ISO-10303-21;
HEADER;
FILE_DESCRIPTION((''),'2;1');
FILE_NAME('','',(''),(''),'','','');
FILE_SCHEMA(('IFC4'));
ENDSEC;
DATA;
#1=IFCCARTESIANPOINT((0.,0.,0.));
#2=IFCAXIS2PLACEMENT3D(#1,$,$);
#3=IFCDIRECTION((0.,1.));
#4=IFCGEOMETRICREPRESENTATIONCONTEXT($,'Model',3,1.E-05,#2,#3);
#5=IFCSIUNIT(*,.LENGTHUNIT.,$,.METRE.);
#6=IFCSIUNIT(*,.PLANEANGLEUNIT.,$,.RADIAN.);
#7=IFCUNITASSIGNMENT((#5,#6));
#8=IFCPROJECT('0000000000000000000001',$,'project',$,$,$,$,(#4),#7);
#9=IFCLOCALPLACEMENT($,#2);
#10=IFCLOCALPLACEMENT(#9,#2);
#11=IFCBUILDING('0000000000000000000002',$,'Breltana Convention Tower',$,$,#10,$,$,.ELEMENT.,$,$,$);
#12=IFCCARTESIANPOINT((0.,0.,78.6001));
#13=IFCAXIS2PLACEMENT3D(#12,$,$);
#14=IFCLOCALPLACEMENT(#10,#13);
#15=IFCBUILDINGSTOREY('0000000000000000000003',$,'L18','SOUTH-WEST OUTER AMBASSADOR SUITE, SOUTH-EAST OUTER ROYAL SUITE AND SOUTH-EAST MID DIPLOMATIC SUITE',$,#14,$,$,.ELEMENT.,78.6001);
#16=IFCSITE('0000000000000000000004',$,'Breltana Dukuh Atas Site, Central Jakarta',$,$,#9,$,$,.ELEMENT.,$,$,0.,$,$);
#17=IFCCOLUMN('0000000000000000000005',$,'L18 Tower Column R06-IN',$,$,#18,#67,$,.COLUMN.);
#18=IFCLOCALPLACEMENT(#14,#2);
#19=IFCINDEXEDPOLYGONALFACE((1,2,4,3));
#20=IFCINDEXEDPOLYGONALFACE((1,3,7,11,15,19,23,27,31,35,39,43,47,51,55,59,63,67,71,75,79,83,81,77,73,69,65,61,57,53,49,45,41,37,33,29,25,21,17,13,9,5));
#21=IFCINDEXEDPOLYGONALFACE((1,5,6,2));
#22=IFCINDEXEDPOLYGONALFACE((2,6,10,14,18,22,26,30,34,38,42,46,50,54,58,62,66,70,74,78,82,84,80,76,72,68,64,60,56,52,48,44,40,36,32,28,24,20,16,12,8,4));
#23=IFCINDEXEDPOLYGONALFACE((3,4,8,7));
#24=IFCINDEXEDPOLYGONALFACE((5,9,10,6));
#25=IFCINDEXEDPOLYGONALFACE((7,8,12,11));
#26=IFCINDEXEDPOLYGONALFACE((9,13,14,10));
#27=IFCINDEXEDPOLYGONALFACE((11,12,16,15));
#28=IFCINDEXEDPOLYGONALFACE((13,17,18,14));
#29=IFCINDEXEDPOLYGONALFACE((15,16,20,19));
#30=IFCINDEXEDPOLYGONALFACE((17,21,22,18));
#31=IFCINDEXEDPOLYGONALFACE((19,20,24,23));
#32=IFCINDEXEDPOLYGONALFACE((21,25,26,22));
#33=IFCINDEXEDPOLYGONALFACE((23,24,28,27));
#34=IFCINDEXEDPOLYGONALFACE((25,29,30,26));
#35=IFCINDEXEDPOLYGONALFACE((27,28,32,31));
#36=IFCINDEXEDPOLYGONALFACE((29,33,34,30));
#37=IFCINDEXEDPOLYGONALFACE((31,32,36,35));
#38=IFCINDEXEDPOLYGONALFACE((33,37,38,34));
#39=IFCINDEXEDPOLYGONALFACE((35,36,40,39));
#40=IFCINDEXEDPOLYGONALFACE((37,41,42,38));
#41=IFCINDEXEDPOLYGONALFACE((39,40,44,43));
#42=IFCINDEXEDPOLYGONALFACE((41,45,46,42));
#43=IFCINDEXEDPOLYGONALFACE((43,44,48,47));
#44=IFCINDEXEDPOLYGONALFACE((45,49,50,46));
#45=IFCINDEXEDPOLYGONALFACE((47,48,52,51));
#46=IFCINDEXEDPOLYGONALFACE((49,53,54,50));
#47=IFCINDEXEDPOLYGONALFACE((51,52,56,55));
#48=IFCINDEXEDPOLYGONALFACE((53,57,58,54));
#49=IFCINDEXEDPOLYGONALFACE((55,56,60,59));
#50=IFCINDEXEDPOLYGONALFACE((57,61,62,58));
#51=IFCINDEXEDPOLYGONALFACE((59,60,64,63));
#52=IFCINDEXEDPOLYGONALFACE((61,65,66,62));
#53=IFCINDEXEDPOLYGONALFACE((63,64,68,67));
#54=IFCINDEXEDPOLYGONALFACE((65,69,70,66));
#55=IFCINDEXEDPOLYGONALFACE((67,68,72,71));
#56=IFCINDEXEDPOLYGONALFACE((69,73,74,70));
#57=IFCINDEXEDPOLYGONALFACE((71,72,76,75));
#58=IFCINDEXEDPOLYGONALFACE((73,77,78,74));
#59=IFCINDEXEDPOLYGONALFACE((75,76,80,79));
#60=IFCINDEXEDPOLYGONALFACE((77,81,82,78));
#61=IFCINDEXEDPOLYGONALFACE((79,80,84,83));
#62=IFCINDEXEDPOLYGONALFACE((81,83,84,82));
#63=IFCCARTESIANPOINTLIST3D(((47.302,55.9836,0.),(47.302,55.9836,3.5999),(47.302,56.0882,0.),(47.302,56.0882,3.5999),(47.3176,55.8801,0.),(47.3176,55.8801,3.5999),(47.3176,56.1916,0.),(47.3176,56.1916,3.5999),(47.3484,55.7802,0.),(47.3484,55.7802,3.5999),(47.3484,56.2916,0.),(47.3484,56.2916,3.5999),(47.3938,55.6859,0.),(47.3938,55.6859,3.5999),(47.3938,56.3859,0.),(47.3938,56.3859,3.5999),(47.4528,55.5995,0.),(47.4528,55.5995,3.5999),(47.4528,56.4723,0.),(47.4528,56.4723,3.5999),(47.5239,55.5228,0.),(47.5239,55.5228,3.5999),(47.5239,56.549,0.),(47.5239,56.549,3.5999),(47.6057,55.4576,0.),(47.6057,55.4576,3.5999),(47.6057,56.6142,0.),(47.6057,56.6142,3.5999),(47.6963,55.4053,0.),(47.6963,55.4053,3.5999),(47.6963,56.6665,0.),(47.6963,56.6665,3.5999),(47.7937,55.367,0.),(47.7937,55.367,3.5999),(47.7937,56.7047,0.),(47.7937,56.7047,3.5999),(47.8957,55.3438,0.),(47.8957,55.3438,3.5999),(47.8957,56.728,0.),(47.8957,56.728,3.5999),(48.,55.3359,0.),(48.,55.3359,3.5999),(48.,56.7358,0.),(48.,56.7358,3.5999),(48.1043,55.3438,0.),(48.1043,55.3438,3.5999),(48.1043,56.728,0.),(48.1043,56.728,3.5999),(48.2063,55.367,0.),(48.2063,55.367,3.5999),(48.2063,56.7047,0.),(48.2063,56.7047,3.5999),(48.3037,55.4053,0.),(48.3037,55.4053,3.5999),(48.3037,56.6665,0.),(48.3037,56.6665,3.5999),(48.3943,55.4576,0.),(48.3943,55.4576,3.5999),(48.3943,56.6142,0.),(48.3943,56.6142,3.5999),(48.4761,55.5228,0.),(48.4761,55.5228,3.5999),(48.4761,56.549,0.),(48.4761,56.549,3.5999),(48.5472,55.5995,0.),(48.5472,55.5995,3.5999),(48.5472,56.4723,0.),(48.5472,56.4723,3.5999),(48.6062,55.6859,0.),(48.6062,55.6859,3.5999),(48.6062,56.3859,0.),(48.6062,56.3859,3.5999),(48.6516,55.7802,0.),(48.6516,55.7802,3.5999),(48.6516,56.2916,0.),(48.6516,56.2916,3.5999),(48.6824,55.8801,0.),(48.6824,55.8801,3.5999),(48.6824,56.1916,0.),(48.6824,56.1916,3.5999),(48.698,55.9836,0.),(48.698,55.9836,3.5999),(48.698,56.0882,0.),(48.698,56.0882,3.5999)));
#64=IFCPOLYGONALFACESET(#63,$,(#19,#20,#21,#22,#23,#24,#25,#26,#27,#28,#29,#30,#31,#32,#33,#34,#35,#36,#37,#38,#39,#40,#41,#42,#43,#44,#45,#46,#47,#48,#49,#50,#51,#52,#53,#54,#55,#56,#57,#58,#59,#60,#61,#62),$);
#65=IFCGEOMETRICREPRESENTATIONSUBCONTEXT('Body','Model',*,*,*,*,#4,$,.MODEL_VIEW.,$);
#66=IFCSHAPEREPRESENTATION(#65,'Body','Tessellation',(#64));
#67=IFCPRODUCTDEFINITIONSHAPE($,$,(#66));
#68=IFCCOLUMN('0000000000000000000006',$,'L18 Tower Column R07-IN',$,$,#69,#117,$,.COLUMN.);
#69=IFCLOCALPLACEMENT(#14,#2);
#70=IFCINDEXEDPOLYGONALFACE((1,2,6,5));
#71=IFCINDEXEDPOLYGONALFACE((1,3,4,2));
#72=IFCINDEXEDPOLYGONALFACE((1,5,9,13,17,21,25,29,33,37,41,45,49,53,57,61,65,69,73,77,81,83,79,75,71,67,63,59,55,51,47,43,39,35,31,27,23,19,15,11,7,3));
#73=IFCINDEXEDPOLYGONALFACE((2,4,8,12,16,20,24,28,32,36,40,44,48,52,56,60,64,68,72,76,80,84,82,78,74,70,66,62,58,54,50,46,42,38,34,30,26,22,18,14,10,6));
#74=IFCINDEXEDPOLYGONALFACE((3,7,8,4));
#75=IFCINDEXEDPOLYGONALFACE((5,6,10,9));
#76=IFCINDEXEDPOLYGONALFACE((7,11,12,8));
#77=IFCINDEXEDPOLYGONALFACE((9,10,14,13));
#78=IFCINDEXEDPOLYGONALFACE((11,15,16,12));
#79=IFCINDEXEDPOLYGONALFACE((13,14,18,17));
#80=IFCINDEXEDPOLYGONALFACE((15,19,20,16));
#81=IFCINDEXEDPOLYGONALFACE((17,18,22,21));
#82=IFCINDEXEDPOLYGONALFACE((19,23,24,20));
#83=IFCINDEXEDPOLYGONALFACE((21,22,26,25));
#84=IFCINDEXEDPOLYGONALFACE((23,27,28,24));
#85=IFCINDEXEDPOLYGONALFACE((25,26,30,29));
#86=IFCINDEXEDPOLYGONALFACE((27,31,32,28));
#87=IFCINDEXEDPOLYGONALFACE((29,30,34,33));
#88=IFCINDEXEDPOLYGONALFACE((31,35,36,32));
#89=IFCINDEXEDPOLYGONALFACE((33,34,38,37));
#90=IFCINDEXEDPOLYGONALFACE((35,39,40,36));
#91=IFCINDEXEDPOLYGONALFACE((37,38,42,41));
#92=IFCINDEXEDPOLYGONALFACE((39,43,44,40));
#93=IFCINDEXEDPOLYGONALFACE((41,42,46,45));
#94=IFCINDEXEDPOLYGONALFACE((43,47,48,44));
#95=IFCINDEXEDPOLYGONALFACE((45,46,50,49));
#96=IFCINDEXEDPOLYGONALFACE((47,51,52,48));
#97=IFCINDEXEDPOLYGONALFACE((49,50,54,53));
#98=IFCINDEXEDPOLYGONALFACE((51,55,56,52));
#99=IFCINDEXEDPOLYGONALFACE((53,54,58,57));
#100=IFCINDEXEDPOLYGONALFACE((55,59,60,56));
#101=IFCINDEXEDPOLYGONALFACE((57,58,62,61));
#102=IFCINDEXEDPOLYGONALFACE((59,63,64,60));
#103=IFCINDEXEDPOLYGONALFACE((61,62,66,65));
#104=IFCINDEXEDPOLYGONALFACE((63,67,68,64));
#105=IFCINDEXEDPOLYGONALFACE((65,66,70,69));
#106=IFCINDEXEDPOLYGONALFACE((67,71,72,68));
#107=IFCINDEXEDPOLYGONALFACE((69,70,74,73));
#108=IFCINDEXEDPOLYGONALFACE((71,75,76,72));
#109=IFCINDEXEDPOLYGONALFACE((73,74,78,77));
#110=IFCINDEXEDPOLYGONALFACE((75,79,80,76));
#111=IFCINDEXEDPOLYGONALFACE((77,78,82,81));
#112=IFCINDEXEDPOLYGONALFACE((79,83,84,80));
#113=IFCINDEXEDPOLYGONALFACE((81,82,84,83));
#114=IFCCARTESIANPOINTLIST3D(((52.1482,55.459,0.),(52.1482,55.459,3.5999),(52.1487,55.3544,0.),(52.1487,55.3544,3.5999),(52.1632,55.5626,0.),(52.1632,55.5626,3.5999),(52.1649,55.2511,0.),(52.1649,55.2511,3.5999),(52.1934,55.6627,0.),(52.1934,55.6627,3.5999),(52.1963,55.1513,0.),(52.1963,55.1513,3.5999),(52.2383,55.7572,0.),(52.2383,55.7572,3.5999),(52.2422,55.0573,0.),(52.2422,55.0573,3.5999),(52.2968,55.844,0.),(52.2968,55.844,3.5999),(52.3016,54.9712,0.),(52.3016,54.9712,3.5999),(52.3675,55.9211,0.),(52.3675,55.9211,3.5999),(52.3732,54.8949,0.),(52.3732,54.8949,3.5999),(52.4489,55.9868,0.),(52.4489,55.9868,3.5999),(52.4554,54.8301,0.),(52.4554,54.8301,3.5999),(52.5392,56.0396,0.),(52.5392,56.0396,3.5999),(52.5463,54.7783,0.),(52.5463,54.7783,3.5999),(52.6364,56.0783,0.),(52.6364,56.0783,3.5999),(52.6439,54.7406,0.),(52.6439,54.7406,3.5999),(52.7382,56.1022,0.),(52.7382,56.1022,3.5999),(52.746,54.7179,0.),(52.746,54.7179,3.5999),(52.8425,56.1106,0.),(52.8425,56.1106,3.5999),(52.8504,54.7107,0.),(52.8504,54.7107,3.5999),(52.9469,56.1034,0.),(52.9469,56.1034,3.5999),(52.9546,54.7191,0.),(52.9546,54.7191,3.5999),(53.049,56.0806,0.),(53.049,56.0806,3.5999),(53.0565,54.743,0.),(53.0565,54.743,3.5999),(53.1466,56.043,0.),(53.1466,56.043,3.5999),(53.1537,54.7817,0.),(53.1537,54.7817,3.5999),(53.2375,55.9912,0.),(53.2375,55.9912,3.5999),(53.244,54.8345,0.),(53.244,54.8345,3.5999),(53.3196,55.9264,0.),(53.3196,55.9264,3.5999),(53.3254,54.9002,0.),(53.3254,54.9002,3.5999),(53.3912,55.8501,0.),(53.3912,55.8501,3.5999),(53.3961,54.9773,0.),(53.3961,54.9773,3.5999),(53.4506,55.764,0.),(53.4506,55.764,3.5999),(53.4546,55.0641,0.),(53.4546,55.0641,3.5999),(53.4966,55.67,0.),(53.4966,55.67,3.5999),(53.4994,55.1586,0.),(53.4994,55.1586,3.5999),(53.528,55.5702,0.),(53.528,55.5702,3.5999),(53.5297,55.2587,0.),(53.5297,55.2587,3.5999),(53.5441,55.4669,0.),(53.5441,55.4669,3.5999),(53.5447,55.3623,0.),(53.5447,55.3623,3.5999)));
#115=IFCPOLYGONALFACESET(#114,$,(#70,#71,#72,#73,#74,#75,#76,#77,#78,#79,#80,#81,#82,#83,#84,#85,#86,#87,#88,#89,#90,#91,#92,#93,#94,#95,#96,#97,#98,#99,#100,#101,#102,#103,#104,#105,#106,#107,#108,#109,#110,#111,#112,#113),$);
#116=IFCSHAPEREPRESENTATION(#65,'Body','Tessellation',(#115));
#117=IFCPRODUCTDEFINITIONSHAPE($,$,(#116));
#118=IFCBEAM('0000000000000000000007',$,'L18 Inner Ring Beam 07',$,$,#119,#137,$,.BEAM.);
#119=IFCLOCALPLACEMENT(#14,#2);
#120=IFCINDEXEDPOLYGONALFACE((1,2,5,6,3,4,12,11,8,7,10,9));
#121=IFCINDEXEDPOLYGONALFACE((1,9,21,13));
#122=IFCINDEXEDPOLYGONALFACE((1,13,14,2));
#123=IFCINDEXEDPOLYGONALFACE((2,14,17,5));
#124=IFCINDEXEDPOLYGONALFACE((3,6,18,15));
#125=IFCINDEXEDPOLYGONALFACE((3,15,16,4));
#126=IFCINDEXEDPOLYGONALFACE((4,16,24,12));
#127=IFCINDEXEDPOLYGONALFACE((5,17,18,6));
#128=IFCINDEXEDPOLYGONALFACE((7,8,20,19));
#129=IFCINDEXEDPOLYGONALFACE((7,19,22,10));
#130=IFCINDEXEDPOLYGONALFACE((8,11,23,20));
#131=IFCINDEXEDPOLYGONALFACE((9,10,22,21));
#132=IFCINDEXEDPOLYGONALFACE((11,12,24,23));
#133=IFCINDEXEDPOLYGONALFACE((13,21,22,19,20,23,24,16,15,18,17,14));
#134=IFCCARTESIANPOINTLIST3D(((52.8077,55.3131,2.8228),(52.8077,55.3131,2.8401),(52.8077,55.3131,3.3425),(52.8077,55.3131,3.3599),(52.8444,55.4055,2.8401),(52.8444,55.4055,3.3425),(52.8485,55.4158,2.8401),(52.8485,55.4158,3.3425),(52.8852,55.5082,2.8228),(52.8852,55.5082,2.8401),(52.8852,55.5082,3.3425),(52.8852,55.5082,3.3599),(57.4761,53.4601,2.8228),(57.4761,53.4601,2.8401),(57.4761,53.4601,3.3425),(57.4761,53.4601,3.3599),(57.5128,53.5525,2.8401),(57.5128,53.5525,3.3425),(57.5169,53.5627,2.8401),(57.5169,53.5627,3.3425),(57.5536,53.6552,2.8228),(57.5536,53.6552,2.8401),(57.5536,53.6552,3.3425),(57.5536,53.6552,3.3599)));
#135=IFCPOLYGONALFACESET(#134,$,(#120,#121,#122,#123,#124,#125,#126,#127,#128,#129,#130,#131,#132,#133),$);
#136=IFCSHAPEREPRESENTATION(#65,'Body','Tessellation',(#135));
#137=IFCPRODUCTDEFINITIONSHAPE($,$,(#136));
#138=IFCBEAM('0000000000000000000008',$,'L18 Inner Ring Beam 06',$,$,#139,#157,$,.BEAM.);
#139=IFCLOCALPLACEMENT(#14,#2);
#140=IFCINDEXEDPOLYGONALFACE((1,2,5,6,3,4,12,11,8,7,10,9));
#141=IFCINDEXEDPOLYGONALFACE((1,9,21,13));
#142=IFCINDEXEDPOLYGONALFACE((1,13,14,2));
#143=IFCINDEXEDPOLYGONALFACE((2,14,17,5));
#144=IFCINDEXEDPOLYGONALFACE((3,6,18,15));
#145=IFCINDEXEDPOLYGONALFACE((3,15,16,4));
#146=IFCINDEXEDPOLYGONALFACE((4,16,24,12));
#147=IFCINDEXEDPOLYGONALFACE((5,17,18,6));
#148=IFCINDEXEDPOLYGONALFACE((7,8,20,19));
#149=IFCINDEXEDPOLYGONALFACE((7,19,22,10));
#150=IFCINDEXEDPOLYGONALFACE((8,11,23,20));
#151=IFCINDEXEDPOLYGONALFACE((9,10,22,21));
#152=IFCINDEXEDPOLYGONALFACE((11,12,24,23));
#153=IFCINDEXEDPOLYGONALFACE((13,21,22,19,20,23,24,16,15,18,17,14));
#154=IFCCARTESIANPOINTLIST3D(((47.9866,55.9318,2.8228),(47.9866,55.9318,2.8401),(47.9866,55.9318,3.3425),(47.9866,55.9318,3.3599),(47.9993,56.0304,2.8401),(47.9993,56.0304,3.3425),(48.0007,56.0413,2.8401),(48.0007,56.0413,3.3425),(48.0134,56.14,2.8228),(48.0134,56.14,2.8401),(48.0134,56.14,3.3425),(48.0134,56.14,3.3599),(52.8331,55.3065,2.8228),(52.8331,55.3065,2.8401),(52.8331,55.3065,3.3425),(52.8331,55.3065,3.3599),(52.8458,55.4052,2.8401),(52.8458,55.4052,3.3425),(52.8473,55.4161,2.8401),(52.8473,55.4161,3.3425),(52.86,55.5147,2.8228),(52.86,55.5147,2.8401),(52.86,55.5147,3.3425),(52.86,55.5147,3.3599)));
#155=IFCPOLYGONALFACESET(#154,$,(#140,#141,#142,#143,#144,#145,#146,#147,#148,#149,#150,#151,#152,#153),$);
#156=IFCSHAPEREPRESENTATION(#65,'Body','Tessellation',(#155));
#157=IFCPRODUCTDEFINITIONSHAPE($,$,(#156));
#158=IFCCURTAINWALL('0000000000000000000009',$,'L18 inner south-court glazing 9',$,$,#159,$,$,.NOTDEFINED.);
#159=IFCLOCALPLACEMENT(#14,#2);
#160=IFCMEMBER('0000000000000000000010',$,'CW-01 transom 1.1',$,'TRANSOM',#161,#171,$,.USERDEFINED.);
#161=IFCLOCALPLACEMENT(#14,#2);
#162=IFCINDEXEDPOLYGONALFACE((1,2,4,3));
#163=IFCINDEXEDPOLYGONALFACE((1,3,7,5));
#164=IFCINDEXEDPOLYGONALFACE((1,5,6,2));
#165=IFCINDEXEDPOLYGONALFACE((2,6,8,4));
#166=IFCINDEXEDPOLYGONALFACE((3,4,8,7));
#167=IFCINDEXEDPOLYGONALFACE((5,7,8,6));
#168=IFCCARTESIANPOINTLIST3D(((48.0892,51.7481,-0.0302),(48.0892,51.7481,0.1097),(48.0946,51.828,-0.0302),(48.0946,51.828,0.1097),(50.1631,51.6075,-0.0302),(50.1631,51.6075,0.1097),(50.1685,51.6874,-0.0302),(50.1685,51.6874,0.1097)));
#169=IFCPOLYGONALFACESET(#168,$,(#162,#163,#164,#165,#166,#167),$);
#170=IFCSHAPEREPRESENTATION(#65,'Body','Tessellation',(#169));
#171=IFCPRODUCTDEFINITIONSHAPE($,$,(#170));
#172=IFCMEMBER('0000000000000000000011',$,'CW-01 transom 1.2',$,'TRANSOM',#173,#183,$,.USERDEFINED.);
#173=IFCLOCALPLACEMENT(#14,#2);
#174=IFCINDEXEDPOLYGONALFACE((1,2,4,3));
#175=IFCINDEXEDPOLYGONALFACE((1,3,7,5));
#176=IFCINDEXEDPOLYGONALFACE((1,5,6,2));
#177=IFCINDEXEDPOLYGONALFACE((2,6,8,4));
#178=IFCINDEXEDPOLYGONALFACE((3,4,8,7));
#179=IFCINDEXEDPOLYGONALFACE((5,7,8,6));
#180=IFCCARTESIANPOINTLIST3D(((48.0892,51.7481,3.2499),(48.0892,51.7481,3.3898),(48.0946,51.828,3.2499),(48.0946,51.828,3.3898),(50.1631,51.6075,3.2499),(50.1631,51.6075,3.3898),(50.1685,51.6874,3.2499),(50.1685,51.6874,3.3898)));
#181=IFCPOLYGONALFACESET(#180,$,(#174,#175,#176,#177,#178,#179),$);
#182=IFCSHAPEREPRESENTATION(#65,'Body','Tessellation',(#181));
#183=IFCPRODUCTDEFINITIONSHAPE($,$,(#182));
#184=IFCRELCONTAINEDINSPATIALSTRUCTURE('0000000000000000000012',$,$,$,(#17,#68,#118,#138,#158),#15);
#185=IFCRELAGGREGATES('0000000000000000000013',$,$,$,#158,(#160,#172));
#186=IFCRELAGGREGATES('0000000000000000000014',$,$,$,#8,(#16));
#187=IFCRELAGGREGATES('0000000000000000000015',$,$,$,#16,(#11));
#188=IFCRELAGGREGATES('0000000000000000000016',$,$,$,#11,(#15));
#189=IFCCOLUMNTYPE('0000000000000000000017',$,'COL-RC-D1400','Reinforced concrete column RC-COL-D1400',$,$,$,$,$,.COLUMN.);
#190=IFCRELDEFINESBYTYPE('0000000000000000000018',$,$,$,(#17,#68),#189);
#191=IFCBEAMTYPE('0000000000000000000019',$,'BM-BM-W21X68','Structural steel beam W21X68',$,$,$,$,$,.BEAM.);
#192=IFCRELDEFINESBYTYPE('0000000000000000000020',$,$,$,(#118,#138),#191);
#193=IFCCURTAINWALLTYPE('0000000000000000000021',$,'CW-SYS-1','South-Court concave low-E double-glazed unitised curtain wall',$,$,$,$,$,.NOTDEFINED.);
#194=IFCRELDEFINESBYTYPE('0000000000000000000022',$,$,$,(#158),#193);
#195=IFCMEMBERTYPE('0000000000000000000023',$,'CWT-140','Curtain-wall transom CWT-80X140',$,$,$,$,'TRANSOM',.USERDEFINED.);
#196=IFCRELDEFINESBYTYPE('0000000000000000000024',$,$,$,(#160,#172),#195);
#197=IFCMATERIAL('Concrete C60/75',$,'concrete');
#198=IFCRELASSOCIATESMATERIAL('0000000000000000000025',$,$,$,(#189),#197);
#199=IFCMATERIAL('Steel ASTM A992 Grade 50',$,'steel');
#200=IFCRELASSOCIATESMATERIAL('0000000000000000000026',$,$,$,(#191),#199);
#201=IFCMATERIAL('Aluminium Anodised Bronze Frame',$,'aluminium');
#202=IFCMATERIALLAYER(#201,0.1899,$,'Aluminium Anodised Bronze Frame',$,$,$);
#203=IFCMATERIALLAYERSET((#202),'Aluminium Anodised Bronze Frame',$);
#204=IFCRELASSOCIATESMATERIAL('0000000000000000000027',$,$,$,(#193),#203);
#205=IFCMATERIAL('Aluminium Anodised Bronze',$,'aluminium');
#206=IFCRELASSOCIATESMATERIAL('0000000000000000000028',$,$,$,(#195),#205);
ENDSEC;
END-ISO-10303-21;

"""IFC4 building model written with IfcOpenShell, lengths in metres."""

from ifc_helpers import new_model, si_unit, direction, frame, origin, origin_2d, place, context, subcontext, project, spatial, rectangle, circle, i_section, extrude, source, transform, mapped, material, layer, layer_set, material_profile, profile_set, type_object, element, aggregate, save


model = new_model("IFC4")

# Units and contexts
model_context = context("Model", 3, precision=1e-05, world=origin(), true_north=direction((0.0, 1.0)))
body_context = subcontext(model_context, "Body", "Model", "MODEL_VIEW")
ifc_project = project(units=[si_unit("LENGTHUNIT", "METRE"), si_unit("PLANEANGLEUNIT", "RADIAN")], contexts=[model_context])

# Site, building, storey
site_placement = place(None, origin())
site = spatial("IfcSite", under=ifc_project, at=site_placement, Name="Breltana Dukuh Atas Site, Central Jakarta", CompositionType="ELEMENT", RefElevation=0.0)
building_placement = place(site_placement, origin())
building = spatial("IfcBuilding", under=site, at=building_placement, Name="Breltana Convention Tower", CompositionType="ELEMENT")
storey_placement = place(building_placement, frame((0.0, 0.0, 78.6001)))
storey = spatial("IfcBuildingStorey", under=building, at=storey_placement, Name="L18", Description="SOUTH-WEST OUTER AMBASSADOR SUITE, SOUTH-EAST OUTER ROYAL SUITE AND SOUTH-EAST MID DIPLOMATIC SUITE", CompositionType="ELEMENT", Elevation=78.6001)

# Columns
ifc_material_1 = material(Name="Concrete C60/75", Category="concrete")
ifc_material_profile_1 = material_profile(ifc_material_1, circle(Radius=0.7, at=origin_2d()), Name="RC-COL-D1400")
ifc_profile_set_1 = profile_set([ifc_material_profile_1], Name="Concrete C60/75")
column_type = type_object("IfcColumnType", Name="COL-RC-D1400", Description="Reinforced concrete column RC-COL-D1400", PredefinedType="COLUMN", material=ifc_profile_set_1)
shared_shape_1 = source(origin(), body_context, "Body", "SweptSolid", [
    extrude(circle(Radius=0.7, at=origin_2d()), origin(), (0.0, 0.0, 1.0), 3.5999),
])
for number, where, z_axis, x_axis, name in (
    (1, (48.0, 56.0359, 0.0), (0.0, 0.0, 1.0), (0.0, 1.0, 0.0), "L18 Tower Column R06-IN"),
    (2, (52.8464, 55.4106, 0.0), (0.0, 0.0, 1.0), (0.143493, 0.989651, 0.0), "L18 Tower Column R07-IN"),
):
    element("IfcColumn", number, at=place(storey_placement, frame(where, z_axis=z_axis, x_axis=x_axis)), inside=storey, type_object=column_type, Name=name, PredefinedType="COLUMN", context=body_context, shape_type="MappedRepresentation", body=[
        mapped(shared_shape_1, transform((0.0, 0.0, 0.0), scale=1.0)),
    ])

# Beams
ifc_material_2 = material(Name="Steel ASTM A992 Grade 50", Category="steel")
ifc_material_profile_2 = material_profile(ifc_material_2, i_section(OverallWidth=0.21, OverallDepth=0.5371, WebThickness=0.011, FlangeThickness=0.0173, at=origin_2d()), Name="W21X68")
ifc_profile_set_2 = profile_set([ifc_material_profile_2], Name="Steel ASTM A992 Grade 50")
beam_type = type_object("IfcBeamType", Name="BM-BM-W21X68", Description="Structural steel beam W21X68", PredefinedType="BEAM", material=ifc_profile_set_2)
shared_shape_2 = source(origin(), body_context, "Body", "SweptSolid", [
    extrude(i_section(OverallWidth=0.21, OverallDepth=0.5371, WebThickness=0.011, FlangeThickness=0.0173, at=origin_2d()), origin(), (0.0, 0.0, 1.0), 5.0227),
])
beam_1_placement = place(storey_placement, frame((52.8464, 55.4106, 3.0913), z_axis=(0.929459, -0.368926, 0.0), x_axis=(0.368926, 0.929459, 0.0)))
element("IfcBeam", 3, at=beam_1_placement, inside=storey, type_object=beam_type, Name="L18 Inner Ring Beam 07", PredefinedType="BEAM", context=body_context, shape_type="MappedRepresentation", body=[
    mapped(shared_shape_2, transform((0.0, 0.0, 0.0), scale=1.0)),
])
shared_shape_3 = source(origin(), body_context, "Body", "SweptSolid", [
    extrude(i_section(OverallWidth=0.21, OverallDepth=0.5371, WebThickness=0.011, FlangeThickness=0.0173, at=origin_2d()), origin(), (0.0, 0.0, 1.0), 4.8867),
])
beam_2_placement = place(storey_placement, frame((48.0, 56.0359, 3.0913), z_axis=(0.991781, -0.127951, 0.0), x_axis=(0.127951, 0.991781, 0.0)))
element("IfcBeam", 4, at=beam_2_placement, inside=storey, type_object=beam_type, Name="L18 Inner Ring Beam 06", PredefinedType="BEAM", context=body_context, shape_type="MappedRepresentation", body=[
    mapped(shared_shape_3, transform((0.0, 0.0, 0.0), scale=1.0)),
])

# Curtain wall, members
ifc_material_3 = material(Name="Aluminium Anodised Bronze Frame", Category="aluminium")
ifc_layer_1 = layer(ifc_material_3, 0.1899, Name="Aluminium Anodised Bronze Frame")
ifc_layer_set_1 = layer_set([ifc_layer_1], Name="Aluminium Anodised Bronze Frame")
curtain_wall_type = type_object("IfcCurtainWallType", Name="CW-SYS-1", Description="South-Court concave low-E double-glazed unitised curtain wall", PredefinedType="NOTDEFINED", material=ifc_layer_set_1)
curtain_wall_1_placement = place(storey_placement, origin())
curtain_wall_1 = element("IfcCurtainWall", 5, at=curtain_wall_1_placement, inside=storey, type_object=curtain_wall_type, Name="L18 inner south-court glazing 9", PredefinedType="NOTDEFINED")
ifc_material_4 = material(Name="Aluminium Anodised Bronze", Category="aluminium")
ifc_material_profile_3 = material_profile(ifc_material_4, rectangle(XDim=0.0801, YDim=0.1399, at=origin_2d()), Name="CWT-80X140")
ifc_profile_set_3 = profile_set([ifc_material_profile_3], Name="Aluminium Anodised Bronze")
member_type_1 = type_object("IfcMemberType", Name="CWT-140", Description="Curtain-wall transom CWT-80X140", ElementType="TRANSOM", PredefinedType="USERDEFINED", material=ifc_profile_set_3)
shared_shape_4 = source(origin(), body_context, "Body", "SweptSolid", [
    extrude(rectangle(XDim=0.0801, YDim=0.1399, at=origin_2d()), origin(), (0.0, 0.0, 1.0), 2.0786),
])
member_1_placement = place(storey_placement, frame((50.1658, 51.6475, 0.0398), z_axis=(-0.997709, 0.067657, 0.0), x_axis=(-0.067657, -0.997709, 0.0)))
member_1 = element("IfcMember", 6, at=member_1_placement, type_object=member_type_1, Name="CW-01 transom 1.1", ObjectType="TRANSOM", PredefinedType="USERDEFINED", context=body_context, shape_type="MappedRepresentation", body=[
    mapped(shared_shape_4, transform((0.0, 0.0, 0.0), scale=1.0)),
])
member_2_placement = place(storey_placement, frame((50.1658, 51.6475, 3.3198), z_axis=(-0.997709, 0.067657, 0.0), x_axis=(-0.067657, -0.997709, 0.0)))
member_2 = element("IfcMember", 7, at=member_2_placement, type_object=member_type_1, Name="CW-01 transom 1.2", ObjectType="TRANSOM", PredefinedType="USERDEFINED", context=body_context, shape_type="MappedRepresentation", body=[
    mapped(shared_shape_4, transform((0.0, 0.0, 0.0), scale=1.0)),
])

aggregate(curtain_wall_1, [member_1, member_2])

save(model, "model.ifc")
